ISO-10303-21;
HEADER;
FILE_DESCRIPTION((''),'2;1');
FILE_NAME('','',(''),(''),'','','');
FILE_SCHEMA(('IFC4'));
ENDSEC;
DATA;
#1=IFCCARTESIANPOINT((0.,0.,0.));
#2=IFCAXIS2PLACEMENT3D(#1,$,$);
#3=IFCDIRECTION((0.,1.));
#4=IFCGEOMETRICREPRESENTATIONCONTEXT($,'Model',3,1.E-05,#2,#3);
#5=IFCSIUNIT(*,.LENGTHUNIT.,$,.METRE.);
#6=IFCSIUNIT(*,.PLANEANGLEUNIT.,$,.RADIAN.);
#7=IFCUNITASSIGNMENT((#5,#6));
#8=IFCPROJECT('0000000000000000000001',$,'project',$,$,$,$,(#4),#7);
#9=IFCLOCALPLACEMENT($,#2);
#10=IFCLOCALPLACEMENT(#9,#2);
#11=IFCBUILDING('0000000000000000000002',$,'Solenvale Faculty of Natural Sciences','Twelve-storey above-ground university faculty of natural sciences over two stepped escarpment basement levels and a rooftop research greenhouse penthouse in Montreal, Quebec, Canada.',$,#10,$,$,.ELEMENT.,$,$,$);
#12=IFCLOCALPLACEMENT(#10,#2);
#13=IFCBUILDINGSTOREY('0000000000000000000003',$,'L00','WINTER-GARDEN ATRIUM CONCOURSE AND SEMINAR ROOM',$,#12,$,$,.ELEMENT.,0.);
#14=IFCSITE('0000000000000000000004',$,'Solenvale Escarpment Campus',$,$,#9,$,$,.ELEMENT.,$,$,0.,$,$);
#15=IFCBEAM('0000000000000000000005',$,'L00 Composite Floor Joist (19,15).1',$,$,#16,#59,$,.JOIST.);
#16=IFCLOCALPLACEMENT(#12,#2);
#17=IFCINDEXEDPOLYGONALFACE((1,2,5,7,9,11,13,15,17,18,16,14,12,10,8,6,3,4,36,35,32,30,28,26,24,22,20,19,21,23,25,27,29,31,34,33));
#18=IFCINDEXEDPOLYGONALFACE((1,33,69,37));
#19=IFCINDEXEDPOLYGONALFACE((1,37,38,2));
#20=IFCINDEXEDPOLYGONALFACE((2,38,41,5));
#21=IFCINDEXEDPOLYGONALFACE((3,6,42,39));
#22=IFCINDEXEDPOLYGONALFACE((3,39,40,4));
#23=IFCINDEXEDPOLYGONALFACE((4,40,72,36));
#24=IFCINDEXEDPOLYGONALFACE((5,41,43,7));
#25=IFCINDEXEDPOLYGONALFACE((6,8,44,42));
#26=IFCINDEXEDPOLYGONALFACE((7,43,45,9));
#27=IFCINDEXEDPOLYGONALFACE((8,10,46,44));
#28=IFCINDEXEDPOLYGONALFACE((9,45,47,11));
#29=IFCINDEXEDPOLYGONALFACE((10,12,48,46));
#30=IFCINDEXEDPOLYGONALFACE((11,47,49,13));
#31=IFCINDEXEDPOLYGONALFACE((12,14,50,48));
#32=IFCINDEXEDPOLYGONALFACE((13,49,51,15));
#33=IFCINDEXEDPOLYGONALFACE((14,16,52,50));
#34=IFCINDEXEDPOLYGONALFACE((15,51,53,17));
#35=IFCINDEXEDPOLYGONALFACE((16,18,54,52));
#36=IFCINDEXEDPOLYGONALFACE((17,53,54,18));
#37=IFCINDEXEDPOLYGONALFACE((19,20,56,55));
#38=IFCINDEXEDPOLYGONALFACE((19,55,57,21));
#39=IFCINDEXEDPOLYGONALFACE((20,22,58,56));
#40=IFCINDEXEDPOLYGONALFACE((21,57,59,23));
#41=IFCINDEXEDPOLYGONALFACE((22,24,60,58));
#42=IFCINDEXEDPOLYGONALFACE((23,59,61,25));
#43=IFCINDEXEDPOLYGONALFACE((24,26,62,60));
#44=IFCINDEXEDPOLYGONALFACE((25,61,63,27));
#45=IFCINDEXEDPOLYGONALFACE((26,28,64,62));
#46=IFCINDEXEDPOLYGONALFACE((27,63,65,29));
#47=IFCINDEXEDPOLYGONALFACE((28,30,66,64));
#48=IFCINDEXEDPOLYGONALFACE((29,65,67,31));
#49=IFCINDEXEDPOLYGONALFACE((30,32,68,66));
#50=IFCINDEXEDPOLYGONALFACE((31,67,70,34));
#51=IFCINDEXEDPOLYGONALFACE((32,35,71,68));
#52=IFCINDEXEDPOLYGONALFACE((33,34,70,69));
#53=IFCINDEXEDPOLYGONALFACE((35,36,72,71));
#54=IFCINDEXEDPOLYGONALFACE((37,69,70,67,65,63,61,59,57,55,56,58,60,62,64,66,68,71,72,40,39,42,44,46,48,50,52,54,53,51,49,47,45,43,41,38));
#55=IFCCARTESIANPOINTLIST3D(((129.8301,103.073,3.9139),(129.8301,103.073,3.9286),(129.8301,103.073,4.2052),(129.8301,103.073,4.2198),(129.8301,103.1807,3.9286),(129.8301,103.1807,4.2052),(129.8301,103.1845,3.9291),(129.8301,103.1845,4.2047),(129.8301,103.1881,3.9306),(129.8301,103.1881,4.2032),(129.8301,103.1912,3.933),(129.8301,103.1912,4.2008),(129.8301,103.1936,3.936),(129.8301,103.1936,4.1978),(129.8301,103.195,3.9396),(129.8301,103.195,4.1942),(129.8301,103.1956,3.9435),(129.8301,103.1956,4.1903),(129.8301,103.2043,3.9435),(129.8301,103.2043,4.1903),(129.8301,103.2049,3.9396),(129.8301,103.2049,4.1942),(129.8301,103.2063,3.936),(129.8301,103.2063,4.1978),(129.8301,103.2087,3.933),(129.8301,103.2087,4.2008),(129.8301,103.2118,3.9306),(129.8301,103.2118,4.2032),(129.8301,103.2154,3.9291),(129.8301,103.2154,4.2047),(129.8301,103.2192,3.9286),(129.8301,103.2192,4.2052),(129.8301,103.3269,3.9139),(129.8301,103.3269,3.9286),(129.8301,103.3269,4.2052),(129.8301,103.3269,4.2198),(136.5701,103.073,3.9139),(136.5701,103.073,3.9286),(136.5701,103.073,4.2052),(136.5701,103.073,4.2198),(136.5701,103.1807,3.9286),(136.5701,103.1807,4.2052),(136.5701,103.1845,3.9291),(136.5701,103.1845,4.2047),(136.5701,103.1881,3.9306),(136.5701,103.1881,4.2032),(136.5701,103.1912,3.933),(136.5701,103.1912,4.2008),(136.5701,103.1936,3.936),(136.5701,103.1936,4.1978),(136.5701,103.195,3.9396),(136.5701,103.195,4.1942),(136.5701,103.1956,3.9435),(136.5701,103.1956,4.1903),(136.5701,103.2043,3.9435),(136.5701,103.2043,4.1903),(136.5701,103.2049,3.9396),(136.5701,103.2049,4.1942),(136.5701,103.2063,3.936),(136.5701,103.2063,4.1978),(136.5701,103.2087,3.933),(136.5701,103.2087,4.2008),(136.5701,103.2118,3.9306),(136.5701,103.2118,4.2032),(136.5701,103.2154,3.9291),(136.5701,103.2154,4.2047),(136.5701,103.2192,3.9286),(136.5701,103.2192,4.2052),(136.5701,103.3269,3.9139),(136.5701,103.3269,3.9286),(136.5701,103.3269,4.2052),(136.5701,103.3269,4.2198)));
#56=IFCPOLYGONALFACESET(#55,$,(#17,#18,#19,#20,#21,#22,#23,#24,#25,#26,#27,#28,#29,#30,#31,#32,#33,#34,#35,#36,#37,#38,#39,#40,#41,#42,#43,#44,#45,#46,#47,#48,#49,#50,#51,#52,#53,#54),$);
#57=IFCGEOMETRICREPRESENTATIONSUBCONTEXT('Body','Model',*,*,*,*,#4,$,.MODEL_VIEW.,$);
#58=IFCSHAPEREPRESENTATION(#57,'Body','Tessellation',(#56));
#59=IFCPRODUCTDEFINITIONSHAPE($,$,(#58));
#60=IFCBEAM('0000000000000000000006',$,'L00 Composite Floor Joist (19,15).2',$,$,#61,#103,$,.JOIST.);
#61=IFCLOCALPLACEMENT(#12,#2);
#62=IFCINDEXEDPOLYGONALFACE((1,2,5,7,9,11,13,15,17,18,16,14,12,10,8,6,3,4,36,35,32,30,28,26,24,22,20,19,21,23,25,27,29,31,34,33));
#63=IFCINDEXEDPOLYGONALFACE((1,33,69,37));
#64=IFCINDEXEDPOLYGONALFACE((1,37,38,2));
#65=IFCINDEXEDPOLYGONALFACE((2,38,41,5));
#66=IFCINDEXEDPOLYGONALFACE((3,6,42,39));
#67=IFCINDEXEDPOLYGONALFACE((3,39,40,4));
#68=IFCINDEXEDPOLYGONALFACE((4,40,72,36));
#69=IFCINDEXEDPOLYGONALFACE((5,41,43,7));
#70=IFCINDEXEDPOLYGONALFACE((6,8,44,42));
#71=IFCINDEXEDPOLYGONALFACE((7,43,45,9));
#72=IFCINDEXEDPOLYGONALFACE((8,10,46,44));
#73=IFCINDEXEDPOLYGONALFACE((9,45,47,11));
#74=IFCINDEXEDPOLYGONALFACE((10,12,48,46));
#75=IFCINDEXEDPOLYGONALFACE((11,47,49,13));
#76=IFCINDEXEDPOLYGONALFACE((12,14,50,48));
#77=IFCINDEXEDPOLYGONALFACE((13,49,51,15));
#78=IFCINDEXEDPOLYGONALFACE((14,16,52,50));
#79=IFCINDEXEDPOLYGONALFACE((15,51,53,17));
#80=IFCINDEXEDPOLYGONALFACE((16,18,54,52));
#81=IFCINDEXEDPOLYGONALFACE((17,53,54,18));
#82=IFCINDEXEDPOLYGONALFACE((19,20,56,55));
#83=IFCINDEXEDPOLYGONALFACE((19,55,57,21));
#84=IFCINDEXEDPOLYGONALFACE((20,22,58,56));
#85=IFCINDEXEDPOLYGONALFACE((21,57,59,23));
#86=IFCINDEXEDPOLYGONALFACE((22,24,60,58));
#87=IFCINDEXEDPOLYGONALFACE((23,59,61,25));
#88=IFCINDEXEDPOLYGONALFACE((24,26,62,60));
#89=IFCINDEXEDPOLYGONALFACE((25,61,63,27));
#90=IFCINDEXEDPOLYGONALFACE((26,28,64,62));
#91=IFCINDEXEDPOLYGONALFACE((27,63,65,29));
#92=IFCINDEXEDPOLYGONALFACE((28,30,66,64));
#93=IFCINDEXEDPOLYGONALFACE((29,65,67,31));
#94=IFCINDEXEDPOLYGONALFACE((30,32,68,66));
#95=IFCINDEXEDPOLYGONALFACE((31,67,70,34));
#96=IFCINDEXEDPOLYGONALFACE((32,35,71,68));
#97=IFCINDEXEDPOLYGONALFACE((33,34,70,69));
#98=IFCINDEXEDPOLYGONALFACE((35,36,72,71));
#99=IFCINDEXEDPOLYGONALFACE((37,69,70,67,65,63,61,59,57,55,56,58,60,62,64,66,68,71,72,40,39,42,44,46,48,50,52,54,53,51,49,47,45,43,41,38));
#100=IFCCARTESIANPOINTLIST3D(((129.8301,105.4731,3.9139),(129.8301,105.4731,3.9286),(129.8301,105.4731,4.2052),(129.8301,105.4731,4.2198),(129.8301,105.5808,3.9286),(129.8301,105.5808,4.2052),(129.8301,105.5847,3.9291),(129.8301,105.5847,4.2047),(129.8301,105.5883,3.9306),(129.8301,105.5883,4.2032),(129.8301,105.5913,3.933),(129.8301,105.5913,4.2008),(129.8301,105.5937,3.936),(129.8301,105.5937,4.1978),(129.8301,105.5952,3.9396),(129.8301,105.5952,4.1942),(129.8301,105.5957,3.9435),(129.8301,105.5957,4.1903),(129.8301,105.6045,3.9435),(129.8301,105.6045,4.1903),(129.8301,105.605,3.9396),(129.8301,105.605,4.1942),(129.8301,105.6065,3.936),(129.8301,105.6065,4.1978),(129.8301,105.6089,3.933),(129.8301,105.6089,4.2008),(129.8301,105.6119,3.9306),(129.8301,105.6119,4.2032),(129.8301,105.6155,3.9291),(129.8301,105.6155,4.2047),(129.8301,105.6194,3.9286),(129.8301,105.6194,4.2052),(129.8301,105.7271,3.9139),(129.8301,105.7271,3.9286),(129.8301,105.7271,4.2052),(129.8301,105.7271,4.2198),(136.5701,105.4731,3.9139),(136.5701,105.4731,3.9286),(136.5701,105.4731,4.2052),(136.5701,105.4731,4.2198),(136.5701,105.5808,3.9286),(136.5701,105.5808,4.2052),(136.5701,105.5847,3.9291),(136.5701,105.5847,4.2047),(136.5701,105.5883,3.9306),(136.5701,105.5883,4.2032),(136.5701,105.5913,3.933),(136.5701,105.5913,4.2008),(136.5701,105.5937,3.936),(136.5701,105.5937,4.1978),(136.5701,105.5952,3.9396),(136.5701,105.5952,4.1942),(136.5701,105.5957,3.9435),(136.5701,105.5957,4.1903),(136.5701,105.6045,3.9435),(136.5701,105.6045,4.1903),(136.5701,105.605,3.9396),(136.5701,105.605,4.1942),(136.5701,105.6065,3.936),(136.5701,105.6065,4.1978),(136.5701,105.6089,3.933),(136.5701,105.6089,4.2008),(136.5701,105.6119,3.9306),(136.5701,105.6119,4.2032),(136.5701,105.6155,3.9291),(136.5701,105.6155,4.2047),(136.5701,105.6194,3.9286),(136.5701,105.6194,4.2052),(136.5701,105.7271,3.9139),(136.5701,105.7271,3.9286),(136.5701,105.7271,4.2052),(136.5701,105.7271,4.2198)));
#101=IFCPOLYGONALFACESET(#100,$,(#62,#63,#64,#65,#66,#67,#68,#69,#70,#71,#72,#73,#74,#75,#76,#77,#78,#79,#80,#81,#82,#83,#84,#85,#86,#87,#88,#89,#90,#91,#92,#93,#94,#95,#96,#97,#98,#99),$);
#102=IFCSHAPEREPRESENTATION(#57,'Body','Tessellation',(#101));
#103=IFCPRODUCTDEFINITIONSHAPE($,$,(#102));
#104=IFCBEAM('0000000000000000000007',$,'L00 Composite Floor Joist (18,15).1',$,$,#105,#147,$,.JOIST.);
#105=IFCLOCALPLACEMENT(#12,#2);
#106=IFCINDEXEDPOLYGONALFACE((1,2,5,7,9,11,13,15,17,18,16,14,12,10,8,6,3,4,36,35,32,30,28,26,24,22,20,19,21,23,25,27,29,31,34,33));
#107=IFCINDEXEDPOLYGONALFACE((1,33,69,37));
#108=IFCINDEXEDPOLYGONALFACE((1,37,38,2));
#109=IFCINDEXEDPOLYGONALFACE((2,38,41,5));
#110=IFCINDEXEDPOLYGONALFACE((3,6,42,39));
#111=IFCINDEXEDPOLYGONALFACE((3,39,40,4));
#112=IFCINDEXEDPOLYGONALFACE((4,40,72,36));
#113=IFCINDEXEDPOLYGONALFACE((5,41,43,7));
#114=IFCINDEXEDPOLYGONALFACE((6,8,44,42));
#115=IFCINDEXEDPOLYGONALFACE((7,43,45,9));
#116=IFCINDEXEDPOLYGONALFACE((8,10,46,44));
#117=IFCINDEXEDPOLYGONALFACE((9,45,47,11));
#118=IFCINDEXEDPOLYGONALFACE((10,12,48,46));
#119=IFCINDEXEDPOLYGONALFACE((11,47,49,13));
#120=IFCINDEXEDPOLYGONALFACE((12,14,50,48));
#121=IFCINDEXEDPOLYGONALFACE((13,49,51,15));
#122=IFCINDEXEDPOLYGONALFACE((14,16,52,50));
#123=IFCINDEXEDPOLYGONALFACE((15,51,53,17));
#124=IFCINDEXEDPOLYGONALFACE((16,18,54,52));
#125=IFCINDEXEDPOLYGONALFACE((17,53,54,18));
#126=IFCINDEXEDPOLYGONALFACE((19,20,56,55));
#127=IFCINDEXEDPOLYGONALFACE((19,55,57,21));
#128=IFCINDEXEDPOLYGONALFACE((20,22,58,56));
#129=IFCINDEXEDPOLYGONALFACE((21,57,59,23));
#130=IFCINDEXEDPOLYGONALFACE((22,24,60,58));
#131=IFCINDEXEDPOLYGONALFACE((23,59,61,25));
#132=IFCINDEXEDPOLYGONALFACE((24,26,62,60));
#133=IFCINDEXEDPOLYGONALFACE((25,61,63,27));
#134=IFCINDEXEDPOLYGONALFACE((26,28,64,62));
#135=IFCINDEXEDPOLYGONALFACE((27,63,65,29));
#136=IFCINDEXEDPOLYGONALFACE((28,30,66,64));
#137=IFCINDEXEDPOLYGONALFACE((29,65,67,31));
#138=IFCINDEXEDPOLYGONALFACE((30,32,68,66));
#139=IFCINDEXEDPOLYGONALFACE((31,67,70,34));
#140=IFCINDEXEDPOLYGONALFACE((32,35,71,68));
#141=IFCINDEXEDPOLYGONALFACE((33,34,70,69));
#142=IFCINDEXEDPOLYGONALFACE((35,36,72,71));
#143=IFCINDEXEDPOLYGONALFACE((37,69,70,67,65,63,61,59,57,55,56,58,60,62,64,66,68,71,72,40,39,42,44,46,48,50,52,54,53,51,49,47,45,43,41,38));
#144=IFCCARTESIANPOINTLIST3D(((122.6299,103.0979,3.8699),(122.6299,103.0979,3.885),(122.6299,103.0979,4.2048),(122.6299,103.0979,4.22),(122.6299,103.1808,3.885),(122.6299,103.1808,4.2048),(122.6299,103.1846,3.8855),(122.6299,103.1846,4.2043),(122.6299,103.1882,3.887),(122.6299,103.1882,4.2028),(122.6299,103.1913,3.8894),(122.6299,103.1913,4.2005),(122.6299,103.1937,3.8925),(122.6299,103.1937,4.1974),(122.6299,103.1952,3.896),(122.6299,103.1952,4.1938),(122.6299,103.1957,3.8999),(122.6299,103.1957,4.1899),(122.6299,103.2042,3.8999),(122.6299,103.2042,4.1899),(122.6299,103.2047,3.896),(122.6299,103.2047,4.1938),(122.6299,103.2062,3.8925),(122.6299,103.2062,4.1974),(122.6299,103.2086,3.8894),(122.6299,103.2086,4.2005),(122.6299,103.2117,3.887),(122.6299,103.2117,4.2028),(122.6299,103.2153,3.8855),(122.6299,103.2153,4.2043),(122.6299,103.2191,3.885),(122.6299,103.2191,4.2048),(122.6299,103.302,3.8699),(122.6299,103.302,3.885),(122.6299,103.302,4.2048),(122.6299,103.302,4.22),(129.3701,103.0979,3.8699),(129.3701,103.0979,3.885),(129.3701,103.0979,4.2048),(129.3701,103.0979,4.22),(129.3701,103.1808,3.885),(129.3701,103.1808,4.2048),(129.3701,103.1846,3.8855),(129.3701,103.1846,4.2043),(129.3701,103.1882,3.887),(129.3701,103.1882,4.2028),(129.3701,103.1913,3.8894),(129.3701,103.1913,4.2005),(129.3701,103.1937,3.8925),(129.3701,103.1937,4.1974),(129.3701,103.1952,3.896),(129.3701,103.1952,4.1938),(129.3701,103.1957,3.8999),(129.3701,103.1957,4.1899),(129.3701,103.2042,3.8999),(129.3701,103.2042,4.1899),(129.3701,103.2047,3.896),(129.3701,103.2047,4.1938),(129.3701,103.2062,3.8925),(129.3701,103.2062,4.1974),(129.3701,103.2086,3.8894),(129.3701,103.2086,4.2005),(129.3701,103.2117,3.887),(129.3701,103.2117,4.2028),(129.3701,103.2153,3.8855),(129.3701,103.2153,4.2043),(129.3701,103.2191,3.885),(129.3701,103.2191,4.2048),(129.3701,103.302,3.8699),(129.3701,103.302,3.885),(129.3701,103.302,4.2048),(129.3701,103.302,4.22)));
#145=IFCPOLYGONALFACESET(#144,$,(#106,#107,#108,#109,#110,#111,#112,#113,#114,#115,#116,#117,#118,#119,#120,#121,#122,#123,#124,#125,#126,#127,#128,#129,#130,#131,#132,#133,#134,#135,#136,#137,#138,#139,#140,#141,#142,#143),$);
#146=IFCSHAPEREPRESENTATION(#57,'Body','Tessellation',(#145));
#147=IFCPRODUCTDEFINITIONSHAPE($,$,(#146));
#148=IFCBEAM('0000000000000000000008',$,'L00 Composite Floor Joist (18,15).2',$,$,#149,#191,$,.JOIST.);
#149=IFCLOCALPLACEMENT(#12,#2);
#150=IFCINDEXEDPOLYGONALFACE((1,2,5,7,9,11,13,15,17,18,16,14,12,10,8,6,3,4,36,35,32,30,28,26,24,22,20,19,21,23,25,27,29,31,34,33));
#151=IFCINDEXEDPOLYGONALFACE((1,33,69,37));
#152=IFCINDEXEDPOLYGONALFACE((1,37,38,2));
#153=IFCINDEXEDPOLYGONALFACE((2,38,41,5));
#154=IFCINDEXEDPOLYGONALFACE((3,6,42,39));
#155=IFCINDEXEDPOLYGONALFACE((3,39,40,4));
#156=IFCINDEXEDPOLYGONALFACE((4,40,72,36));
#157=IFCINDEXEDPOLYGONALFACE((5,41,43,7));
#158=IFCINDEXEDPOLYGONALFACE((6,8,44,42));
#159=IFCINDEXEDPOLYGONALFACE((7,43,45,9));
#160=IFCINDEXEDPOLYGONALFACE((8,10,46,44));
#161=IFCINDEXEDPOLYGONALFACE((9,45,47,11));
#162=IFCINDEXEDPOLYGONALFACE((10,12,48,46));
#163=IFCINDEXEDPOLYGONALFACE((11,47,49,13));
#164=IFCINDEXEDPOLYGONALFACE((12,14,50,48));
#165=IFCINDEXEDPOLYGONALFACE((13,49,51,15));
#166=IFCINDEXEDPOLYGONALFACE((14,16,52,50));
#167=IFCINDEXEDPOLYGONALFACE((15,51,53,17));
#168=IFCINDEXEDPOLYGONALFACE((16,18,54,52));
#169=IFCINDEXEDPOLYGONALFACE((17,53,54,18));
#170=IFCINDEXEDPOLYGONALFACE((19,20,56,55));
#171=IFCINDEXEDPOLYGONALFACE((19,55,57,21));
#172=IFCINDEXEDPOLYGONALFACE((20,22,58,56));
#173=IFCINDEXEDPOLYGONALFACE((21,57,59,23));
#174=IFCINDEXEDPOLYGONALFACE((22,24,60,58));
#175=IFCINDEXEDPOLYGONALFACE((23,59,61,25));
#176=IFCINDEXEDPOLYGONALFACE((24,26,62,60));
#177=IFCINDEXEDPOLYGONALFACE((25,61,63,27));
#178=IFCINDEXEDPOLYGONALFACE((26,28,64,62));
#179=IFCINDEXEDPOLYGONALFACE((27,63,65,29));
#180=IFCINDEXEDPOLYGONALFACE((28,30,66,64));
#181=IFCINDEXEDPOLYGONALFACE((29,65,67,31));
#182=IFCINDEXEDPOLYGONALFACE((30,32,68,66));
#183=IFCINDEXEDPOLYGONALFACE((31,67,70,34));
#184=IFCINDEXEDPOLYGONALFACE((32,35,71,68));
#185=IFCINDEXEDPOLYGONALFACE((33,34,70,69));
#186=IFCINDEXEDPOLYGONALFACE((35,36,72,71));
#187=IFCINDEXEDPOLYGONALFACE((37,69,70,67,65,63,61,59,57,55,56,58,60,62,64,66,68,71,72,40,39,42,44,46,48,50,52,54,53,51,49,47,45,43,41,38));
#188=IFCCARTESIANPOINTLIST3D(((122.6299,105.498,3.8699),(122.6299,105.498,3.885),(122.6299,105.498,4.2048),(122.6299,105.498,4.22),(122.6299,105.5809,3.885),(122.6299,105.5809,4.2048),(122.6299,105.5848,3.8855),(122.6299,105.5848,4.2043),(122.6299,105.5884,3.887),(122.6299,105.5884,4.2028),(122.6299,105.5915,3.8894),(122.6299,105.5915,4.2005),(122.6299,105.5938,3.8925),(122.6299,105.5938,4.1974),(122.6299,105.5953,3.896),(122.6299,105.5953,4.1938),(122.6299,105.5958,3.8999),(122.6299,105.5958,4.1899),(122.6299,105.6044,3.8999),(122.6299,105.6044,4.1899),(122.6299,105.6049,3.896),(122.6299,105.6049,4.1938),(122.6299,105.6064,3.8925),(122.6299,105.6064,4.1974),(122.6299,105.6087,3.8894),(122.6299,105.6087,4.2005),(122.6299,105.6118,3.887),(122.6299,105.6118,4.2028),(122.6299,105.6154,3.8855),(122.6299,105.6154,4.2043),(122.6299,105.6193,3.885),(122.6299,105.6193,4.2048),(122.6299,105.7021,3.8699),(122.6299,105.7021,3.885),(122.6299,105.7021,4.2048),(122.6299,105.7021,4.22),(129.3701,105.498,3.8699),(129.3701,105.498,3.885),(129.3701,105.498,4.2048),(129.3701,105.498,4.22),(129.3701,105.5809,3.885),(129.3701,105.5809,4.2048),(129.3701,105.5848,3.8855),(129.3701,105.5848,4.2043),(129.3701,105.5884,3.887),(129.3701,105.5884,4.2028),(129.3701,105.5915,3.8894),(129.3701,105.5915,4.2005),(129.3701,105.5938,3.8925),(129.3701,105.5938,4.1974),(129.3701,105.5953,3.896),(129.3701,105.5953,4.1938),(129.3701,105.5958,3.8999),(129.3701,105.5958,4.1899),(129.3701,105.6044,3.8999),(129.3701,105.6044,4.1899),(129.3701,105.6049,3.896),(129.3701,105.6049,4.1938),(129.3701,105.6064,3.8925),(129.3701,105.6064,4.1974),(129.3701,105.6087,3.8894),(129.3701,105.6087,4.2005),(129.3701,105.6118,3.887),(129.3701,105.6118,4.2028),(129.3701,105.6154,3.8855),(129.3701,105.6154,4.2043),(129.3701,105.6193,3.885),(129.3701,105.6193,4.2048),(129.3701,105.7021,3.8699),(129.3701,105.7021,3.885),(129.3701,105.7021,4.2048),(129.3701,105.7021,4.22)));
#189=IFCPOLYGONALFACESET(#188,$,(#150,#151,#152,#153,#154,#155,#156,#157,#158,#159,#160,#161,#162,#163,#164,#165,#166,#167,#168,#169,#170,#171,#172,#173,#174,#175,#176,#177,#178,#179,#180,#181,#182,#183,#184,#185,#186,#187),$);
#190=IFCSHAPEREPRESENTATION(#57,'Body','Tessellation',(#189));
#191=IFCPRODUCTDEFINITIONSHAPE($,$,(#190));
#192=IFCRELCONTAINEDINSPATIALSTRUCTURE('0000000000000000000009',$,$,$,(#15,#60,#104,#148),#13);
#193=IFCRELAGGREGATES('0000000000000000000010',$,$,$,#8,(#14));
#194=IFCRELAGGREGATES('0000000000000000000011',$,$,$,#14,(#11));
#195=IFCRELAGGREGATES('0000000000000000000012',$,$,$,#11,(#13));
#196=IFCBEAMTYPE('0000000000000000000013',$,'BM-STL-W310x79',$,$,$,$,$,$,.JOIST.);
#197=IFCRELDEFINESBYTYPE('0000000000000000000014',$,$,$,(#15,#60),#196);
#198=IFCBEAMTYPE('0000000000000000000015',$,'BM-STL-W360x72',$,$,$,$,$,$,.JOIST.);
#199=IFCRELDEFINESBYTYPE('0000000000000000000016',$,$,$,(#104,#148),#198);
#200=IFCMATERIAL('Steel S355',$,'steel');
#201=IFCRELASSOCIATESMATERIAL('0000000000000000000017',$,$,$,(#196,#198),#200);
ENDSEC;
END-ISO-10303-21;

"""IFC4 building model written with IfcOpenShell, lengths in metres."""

from ifc_helpers import new_model, si_unit, direction, frame, origin, origin_2d, place, context, subcontext, project, spatial, i_section, extrude, material, material_profile, profile_set, type_object, element, save


model = new_model("IFC4")

# Units and contexts
model_context = context("Model", 3, precision=1e-05, world=origin(), true_north=direction((0.0, 1.0)))
body_context = subcontext(model_context, "Body", "Model", "MODEL_VIEW")
ifc_project = project(units=[si_unit("LENGTHUNIT", "METRE"), si_unit("PLANEANGLEUNIT", "RADIAN")], contexts=[model_context])

# Site, building, storey
site_placement = place(None, origin())
site = spatial("IfcSite", under=ifc_project, at=site_placement, Name="Solenvale Escarpment Campus", CompositionType="ELEMENT", RefElevation=0.0)
building_placement = place(site_placement, origin())
building = spatial("IfcBuilding", under=site, at=building_placement, Name="Solenvale Faculty of Natural Sciences", Description="Twelve-storey above-ground university faculty of natural sciences over two stepped escarpment basement levels and a rooftop research greenhouse penthouse in Montreal, Quebec, Canada.", CompositionType="ELEMENT")
storey_placement = place(building_placement, origin())
storey = spatial("IfcBuildingStorey", under=building, at=storey_placement, Name="L00", Description="WINTER-GARDEN ATRIUM CONCOURSE AND SEMINAR ROOM", CompositionType="ELEMENT", Elevation=0.0)

# Beams
ifc_material_1 = material(Name="Steel S355", Category="steel")
ifc_material_profile_1 = material_profile(ifc_material_1, i_section(OverallWidth=0.2539, OverallDepth=0.3059, WebThickness=0.0088, FlangeThickness=0.0146, FilletRadius=0.0149, at=origin_2d()), Name="W310x79")
ifc_profile_set_1 = profile_set([ifc_material_profile_1], Name="Steel S355")
beam_type_1 = type_object("IfcBeamType", Name="BM-STL-W310x79", PredefinedType="JOIST", material=ifc_profile_set_1)
for number, where, z_axis, x_axis, name in (
    (1, (129.8301, 103.2, 4.0669), (1.0, 0.0, 0.0), (0.0, 1.0, 0.0), "L00 Composite Floor Joist (19,15).1"),
    (2, (129.8301, 105.6001, 4.0669), (1.0, 0.0, 0.0), (0.0, 1.0, 0.0), "L00 Composite Floor Joist (19,15).2"),
):
    element("IfcBeam", number, at=place(storey_placement, frame(where, z_axis=z_axis, x_axis=x_axis)), inside=storey, type_object=beam_type_1, Name=name, PredefinedType="JOIST", context=body_context, shape_type="SweptSolid", body=[
        extrude(i_section(OverallWidth=0.2539, OverallDepth=0.3059, WebThickness=0.0088, FlangeThickness=0.0146, FilletRadius=0.0149, at=origin_2d()), origin(), (0.0, 0.0, 1.0), 6.74),
    ])
ifc_material_profile_2 = material_profile(ifc_material_1, i_section(OverallWidth=0.2041, OverallDepth=0.3501, WebThickness=0.0085, FlangeThickness=0.0151, FilletRadius=0.0149, at=origin_2d()), Name="W360x72")
ifc_profile_set_2 = profile_set([ifc_material_profile_2], Name="Steel S355")
beam_type_2 = type_object("IfcBeamType", Name="BM-STL-W360x72", PredefinedType="JOIST", material=ifc_profile_set_2)
for number, where, z_axis, x_axis, name in (
    (3, (122.6299, 103.2, 4.0449), (1.0, 0.0, 0.0), (0.0, 1.0, 0.0), "L00 Composite Floor Joist (18,15).1"),
    (4, (122.6299, 105.6001, 4.0449), (1.0, 0.0, 0.0), (0.0, 1.0, 0.0), "L00 Composite Floor Joist (18,15).2"),
):
    element("IfcBeam", number, at=place(storey_placement, frame(where, z_axis=z_axis, x_axis=x_axis)), inside=storey, type_object=beam_type_2, Name=name, PredefinedType="JOIST", context=body_context, shape_type="SweptSolid", body=[
        extrude(i_section(OverallWidth=0.2041, OverallDepth=0.3501, WebThickness=0.0085, FlangeThickness=0.0151, FilletRadius=0.0149, at=origin_2d()), origin(), (0.0, 0.0, 1.0), 6.7402),
    ])

save(model, "model.ifc")
